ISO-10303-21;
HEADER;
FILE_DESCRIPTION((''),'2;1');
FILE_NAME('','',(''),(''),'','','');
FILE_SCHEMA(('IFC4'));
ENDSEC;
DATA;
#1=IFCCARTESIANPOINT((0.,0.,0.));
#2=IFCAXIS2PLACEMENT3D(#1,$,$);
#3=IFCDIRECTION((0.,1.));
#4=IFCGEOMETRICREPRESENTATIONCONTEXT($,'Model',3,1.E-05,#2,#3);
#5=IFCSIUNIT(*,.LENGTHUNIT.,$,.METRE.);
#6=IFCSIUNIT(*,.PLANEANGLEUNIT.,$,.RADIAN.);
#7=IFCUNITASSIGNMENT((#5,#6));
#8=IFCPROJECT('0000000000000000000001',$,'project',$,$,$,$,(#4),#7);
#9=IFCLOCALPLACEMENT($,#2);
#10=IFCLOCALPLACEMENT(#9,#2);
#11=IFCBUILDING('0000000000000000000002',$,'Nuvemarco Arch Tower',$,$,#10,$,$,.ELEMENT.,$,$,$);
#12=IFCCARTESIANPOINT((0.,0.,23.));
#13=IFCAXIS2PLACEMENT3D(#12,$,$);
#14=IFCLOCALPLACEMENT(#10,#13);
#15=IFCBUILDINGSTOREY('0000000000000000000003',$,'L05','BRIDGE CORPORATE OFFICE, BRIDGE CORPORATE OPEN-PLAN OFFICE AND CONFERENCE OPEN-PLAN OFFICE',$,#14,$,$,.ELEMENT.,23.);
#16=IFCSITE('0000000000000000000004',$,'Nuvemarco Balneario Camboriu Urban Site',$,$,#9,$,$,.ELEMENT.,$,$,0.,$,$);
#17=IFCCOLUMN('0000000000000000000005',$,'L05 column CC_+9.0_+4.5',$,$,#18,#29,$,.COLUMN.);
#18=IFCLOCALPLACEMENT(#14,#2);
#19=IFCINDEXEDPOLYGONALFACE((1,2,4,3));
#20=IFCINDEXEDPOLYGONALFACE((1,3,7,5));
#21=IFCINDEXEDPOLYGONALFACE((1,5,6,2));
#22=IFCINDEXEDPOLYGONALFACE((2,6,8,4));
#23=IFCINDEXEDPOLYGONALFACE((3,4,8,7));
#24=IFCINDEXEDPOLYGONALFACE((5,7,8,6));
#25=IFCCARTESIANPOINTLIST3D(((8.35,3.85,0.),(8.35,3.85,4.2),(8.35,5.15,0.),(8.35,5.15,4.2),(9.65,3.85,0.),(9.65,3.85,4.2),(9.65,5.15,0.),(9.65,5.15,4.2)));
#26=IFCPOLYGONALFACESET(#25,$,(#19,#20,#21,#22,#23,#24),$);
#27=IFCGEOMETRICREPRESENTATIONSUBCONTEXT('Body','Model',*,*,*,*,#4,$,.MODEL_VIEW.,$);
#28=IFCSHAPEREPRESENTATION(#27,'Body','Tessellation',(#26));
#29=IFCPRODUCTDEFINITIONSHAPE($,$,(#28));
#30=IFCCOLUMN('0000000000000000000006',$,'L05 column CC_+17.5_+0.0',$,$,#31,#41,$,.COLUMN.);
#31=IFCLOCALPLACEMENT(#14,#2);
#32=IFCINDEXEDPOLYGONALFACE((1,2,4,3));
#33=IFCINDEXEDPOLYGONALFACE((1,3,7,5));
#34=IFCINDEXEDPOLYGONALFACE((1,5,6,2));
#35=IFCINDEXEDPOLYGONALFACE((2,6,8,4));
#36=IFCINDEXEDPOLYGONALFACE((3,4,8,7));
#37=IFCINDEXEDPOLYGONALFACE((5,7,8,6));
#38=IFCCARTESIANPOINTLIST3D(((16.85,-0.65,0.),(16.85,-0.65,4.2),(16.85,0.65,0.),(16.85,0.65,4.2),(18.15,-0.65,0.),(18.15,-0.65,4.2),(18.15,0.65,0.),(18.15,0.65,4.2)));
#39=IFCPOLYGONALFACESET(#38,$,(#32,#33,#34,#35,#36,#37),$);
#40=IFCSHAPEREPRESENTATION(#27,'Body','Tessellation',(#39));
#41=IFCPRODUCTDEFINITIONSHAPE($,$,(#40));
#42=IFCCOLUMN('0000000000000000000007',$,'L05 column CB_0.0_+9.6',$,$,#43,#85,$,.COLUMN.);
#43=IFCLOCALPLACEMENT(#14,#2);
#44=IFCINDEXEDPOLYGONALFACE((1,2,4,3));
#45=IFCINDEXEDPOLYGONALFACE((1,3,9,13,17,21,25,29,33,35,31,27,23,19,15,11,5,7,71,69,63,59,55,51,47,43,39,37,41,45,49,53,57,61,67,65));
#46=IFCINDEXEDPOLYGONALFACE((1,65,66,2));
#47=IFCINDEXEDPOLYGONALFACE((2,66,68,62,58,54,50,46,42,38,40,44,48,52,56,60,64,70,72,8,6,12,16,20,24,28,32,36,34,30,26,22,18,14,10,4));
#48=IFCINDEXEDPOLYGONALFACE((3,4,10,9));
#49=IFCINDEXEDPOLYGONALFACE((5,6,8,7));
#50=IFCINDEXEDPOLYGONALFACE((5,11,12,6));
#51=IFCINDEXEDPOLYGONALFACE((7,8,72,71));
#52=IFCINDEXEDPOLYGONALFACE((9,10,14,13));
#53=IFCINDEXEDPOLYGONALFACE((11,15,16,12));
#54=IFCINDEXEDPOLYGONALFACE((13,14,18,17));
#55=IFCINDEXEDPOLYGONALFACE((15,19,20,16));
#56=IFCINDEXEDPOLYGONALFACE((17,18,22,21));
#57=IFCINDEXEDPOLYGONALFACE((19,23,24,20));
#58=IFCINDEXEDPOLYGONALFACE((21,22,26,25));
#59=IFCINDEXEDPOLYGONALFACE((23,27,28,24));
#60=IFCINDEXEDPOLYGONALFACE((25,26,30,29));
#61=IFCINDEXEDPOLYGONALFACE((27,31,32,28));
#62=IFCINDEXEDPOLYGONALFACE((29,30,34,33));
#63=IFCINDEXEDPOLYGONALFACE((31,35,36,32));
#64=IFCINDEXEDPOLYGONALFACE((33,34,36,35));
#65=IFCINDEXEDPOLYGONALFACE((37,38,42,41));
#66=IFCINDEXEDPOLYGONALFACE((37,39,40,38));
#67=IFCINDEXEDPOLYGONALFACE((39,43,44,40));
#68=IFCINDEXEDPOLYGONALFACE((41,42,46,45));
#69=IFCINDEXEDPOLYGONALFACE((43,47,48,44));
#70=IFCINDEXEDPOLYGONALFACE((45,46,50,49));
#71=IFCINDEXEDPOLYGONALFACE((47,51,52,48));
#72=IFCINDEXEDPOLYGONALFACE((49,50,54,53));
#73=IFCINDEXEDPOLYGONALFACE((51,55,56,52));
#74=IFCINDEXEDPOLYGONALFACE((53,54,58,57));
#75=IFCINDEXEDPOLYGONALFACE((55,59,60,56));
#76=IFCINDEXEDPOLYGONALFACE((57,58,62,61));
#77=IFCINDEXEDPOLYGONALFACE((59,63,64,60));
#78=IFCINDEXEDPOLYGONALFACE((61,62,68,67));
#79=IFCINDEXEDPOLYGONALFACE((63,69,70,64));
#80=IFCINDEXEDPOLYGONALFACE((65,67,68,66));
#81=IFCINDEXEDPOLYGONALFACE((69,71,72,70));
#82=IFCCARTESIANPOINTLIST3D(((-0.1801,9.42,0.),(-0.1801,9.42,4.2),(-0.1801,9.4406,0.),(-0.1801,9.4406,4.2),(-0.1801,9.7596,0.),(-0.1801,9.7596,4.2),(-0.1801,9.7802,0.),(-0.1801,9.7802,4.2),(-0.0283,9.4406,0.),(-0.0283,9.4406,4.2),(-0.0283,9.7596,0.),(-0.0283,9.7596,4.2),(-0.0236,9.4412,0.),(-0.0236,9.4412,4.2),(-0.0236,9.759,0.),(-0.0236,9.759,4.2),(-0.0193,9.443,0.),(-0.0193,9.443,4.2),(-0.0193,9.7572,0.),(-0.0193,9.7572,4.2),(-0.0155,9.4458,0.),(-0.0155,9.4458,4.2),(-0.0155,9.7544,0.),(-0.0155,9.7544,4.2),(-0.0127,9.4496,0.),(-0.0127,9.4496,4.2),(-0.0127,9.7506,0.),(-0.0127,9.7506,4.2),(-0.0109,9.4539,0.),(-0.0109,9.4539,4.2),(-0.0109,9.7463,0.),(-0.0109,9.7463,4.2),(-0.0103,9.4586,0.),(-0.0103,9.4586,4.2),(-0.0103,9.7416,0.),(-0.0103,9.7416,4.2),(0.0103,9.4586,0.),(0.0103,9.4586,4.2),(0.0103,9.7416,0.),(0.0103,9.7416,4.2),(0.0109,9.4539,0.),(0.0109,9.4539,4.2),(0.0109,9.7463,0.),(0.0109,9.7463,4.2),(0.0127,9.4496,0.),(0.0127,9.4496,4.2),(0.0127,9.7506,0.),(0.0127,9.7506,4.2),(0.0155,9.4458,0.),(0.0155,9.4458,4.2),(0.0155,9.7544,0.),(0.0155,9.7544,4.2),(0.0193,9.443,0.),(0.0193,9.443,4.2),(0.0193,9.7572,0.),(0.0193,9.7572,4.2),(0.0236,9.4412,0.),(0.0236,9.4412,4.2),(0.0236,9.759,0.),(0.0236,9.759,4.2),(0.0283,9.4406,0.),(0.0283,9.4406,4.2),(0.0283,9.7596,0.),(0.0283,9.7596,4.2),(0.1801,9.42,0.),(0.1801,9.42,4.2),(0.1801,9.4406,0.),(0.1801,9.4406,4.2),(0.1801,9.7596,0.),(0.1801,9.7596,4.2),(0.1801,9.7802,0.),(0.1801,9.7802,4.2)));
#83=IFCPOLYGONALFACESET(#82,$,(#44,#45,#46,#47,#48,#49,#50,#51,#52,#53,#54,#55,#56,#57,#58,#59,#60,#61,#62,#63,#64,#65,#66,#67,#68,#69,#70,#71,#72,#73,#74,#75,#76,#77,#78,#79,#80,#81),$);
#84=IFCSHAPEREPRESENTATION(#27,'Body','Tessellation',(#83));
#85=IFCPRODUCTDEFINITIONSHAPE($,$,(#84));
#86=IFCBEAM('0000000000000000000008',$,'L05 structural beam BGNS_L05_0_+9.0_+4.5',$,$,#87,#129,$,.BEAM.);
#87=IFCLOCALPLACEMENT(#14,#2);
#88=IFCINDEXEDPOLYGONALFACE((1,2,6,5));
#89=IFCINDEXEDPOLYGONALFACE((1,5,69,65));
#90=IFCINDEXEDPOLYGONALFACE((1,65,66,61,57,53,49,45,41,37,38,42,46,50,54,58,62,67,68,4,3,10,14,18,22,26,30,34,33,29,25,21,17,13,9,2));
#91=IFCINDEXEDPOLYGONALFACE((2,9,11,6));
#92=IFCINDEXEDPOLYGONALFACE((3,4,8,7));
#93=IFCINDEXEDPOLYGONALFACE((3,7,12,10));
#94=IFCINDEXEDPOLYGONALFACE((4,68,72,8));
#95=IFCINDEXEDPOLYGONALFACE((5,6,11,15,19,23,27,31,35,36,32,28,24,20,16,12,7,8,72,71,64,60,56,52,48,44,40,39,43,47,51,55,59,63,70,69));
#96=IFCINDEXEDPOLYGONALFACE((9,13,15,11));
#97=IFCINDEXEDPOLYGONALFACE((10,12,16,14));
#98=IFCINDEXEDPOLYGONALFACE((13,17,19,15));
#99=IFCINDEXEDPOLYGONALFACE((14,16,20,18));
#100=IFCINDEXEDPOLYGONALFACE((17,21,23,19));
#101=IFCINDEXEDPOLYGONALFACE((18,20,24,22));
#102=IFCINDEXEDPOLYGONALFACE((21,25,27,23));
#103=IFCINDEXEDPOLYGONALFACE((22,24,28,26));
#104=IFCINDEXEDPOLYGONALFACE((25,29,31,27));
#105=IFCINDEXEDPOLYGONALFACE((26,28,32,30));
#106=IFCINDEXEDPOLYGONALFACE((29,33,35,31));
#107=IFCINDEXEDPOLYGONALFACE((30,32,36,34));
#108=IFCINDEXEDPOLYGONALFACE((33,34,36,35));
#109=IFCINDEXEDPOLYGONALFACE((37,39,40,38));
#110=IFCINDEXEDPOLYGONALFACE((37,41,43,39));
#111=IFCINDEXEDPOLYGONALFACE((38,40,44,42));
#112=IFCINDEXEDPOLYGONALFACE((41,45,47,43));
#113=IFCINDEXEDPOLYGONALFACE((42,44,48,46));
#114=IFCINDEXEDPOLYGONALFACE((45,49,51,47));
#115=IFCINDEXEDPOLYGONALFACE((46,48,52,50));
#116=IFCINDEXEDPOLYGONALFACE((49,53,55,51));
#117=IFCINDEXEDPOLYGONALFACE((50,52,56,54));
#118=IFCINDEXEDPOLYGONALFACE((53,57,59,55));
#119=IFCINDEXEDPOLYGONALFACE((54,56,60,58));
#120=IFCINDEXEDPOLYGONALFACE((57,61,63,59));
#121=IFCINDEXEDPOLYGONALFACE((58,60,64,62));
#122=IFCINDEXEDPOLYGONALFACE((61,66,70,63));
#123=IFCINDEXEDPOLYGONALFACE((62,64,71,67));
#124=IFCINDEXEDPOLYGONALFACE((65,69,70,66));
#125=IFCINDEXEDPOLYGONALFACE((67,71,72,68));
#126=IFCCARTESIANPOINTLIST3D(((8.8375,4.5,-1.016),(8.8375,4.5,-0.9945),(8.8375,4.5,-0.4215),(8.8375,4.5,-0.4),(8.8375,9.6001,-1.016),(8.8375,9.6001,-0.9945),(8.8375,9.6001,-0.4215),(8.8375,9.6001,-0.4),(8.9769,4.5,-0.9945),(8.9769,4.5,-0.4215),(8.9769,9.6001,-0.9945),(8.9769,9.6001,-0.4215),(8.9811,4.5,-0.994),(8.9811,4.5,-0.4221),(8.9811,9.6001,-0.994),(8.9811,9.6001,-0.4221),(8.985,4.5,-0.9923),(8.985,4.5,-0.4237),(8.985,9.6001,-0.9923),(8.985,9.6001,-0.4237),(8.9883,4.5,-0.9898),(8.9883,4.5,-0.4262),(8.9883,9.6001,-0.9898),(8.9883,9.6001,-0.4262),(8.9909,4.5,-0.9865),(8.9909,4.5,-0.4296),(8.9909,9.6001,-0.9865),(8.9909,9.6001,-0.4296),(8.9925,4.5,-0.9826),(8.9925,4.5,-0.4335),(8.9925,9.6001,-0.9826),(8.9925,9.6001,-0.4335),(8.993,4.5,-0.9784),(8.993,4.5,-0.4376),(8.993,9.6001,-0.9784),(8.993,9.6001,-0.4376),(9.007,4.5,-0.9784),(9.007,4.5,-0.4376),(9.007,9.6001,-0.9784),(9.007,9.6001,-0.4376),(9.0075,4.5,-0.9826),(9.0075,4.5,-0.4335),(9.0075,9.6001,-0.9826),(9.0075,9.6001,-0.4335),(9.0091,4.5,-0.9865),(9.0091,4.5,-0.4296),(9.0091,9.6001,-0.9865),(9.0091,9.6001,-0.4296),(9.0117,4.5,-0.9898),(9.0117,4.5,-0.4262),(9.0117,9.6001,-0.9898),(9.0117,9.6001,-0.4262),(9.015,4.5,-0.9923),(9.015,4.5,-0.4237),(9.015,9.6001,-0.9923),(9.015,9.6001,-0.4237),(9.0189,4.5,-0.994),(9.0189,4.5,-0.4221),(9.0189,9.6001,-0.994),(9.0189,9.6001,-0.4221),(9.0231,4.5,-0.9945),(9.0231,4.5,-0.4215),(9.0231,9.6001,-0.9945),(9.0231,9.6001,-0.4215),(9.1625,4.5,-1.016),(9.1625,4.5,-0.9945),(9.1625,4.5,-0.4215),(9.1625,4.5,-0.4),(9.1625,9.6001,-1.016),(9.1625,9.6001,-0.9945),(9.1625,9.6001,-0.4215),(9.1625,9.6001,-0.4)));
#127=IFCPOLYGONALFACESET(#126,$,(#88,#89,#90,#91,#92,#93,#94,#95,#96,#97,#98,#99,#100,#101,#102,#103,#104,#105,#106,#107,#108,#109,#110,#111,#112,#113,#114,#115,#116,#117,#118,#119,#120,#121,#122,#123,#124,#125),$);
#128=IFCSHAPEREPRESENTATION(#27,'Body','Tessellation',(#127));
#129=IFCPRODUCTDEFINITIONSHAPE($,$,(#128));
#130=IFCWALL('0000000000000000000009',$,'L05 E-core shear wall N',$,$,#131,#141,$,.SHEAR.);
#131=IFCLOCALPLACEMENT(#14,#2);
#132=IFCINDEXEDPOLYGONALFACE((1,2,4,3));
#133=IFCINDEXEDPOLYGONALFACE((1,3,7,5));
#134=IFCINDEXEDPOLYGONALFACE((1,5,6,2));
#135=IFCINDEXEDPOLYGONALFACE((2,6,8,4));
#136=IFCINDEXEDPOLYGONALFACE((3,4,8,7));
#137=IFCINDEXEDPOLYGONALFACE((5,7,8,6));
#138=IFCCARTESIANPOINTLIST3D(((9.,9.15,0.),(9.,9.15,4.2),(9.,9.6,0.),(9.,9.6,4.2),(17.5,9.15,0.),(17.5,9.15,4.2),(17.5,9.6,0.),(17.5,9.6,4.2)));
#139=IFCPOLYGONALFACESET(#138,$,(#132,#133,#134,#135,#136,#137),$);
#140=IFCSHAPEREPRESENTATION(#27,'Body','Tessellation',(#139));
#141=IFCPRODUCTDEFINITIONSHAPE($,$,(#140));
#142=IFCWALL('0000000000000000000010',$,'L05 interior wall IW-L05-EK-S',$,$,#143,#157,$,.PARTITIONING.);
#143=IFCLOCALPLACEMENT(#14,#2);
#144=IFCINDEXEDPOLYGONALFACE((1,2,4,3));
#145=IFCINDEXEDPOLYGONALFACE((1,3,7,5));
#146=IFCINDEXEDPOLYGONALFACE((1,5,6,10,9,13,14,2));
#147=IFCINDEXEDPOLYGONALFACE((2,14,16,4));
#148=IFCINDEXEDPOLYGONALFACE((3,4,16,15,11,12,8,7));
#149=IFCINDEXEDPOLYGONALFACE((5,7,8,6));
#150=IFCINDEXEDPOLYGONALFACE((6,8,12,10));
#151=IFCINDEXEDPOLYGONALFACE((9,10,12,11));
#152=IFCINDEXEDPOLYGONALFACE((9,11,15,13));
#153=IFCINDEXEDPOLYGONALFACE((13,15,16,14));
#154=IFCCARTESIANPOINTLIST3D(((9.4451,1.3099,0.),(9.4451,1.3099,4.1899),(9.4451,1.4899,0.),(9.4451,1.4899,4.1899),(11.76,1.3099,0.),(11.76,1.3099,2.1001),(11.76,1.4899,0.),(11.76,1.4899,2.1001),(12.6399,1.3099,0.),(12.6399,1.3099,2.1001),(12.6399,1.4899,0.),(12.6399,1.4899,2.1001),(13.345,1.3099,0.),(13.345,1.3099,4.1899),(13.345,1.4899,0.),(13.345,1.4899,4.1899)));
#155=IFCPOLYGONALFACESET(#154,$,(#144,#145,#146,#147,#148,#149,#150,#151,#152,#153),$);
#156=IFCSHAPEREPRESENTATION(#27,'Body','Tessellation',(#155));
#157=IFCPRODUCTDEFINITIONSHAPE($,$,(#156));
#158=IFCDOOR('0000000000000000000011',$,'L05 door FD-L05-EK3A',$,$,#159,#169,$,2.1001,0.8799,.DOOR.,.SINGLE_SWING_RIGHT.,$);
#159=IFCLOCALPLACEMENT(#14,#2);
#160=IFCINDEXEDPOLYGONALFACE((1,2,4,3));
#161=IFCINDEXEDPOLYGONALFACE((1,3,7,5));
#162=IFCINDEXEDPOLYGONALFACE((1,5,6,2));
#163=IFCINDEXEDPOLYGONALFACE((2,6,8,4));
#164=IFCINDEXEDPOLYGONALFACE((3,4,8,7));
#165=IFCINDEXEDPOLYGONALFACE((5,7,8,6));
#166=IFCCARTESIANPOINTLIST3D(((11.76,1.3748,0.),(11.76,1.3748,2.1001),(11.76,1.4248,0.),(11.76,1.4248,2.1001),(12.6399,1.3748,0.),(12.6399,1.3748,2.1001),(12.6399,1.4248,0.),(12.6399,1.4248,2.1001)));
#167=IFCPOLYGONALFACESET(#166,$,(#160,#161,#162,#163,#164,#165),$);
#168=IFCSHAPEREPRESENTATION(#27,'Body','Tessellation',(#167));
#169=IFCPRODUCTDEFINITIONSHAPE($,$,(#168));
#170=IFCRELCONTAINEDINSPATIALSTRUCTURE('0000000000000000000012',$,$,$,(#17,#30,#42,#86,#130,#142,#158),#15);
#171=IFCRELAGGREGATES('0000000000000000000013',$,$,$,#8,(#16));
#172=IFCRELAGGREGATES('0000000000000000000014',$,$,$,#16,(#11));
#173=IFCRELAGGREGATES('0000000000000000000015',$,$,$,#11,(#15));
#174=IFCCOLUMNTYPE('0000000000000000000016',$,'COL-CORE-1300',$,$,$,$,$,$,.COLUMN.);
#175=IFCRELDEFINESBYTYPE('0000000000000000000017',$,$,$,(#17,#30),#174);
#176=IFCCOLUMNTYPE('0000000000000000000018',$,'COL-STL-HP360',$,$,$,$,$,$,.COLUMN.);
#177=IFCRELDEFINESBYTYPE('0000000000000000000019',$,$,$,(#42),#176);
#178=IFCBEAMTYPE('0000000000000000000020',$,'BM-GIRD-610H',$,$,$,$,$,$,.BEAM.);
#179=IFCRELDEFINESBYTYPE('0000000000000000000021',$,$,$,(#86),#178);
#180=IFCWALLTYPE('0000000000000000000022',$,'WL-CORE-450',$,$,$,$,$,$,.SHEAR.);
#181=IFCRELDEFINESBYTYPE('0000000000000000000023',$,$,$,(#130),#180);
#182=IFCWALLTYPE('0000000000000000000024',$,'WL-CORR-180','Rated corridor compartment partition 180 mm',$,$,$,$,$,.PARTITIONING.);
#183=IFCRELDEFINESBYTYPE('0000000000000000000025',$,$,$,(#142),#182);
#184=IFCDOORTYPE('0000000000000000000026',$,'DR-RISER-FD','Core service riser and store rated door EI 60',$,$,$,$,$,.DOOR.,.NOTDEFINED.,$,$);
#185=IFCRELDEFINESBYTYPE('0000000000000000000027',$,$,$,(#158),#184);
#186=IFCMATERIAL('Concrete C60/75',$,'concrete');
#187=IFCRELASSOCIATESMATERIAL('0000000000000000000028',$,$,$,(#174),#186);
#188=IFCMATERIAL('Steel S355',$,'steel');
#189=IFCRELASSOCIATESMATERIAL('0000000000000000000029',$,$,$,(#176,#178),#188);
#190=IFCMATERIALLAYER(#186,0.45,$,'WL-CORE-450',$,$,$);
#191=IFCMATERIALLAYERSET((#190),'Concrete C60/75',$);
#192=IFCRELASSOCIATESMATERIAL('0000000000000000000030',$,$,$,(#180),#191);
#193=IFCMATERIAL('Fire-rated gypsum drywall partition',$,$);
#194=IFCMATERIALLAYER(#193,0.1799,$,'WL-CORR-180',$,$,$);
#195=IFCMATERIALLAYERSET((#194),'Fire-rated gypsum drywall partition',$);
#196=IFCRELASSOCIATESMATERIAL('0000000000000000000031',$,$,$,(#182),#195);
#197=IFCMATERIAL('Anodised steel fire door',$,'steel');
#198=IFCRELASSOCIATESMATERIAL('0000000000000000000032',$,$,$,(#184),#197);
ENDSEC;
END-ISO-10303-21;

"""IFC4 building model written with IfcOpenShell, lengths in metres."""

from ifc_helpers import new_model, si_unit, direction, frame, frame_2d, origin, origin_2d, place, context, subcontext, project, spatial, rectangle, i_section, extrude, source, transform, mapped, material, layer, layer_set, material_profile, profile_set, type_object, type_shapes, element, fill, save


model = new_model("IFC4")

# Units and contexts
model_context = context("Model", 3, precision=1e-05, world=origin(), true_north=direction((0.0, 1.0)))
body_context = subcontext(model_context, "Body", "Model", "MODEL_VIEW")
ifc_project = project(units=[si_unit("LENGTHUNIT", "METRE"), si_unit("PLANEANGLEUNIT", "RADIAN")], contexts=[model_context])

# Site, building, storey
site_placement = place(None, origin())
site = spatial("IfcSite", under=ifc_project, at=site_placement, Name="Nuvemarco Balneario Camboriu Urban Site", CompositionType="ELEMENT", RefElevation=0.0)
building_placement = place(site_placement, origin())
building = spatial("IfcBuilding", under=site, at=building_placement, Name="Nuvemarco Arch Tower", CompositionType="ELEMENT")
storey_placement = place(building_placement, frame((0.0, 0.0, 23.0)))
storey = spatial("IfcBuildingStorey", under=building, at=storey_placement, Name="L05", Description="BRIDGE CORPORATE OFFICE, BRIDGE CORPORATE OPEN-PLAN OFFICE AND CONFERENCE OPEN-PLAN OFFICE", CompositionType="ELEMENT", Elevation=23.0)

# Columns
ifc_material_1 = material(Name="Concrete C60/75", Category="concrete")
ifc_material_profile_1 = material_profile(ifc_material_1, rectangle(XDim=1.3, YDim=1.3, at=origin_2d()), Name="RC-COL-1300x1300")
ifc_profile_set_1 = profile_set([ifc_material_profile_1], Name="Concrete C60/75")
column_type_1 = type_object("IfcColumnType", Name="COL-CORE-1300", PredefinedType="COLUMN", material=ifc_profile_set_1)
for number, where, z_axis, x_axis, name in (
    (1, (9.0, 4.5, 0.0), (0.0, 0.0, 1.0), (1.0, 0.0, 0.0), "L05 column CC_+9.0_+4.5"),
    (2, (17.5, 0.0, 0.0), (0.0, 0.0, 1.0), (1.0, 0.0, 0.0), "L05 column CC_+17.5_+0.0"),
):
    element("IfcColumn", number, at=place(storey_placement, frame(where, z_axis=z_axis, x_axis=x_axis)), inside=storey, type_object=column_type_1, Name=name, PredefinedType="COLUMN", context=body_context, shape_type="SweptSolid", body=[
        extrude(rectangle(XDim=1.3, YDim=1.3, at=origin_2d()), origin(), (0.0, 0.0, 1.0), 4.2),
    ])
ifc_material_2 = material(Name="Steel S355", Category="steel")
ifc_material_profile_2 = material_profile(ifc_material_2, i_section(OverallWidth=0.3601, OverallDepth=0.3601, WebThickness=0.0205, FlangeThickness=0.0205, FilletRadius=0.0181, at=origin_2d()), Name="HP360x174")
ifc_profile_set_2 = profile_set([ifc_material_profile_2], Name="Steel S355")
column_type_2 = type_object("IfcColumnType", Name="COL-STL-HP360", PredefinedType="COLUMN", material=ifc_profile_set_2)
column_placement = place(storey_placement, frame((0.0, 9.6001, 0.0), z_axis=(0.0, 0.0, 1.0), x_axis=(1.0, 0.0, 0.0)))
element("IfcColumn", 3, at=column_placement, inside=storey, type_object=column_type_2, Name="L05 column CB_0.0_+9.6", PredefinedType="COLUMN", context=body_context, shape_type="SweptSolid", body=[
    extrude(i_section(OverallWidth=0.3601, OverallDepth=0.3601, WebThickness=0.0205, FlangeThickness=0.0205, FilletRadius=0.0181, at=origin_2d()), origin(), (0.0, 0.0, 1.0), 4.2),
])

# Beam
ifc_material_profile_3 = material_profile(ifc_material_2, i_section(OverallWidth=0.325, OverallDepth=0.616, WebThickness=0.0139, FlangeThickness=0.0215, FilletRadius=0.0161, at=origin_2d()), Name="W610x174")
ifc_profile_set_3 = profile_set([ifc_material_profile_3], Name="Steel S355")
beam_type = type_object("IfcBeamType", Name="BM-GIRD-610H", PredefinedType="BEAM", material=ifc_profile_set_3)
beam_placement = place(storey_placement, frame((9.0, 4.5, -0.708), z_axis=(0.0, 1.0, 0.0), x_axis=(-1.0, 0.0, 0.0)))
element("IfcBeam", 4, at=beam_placement, inside=storey, type_object=beam_type, Name="L05 structural beam BGNS_L05_0_+9.0_+4.5", PredefinedType="BEAM", context=body_context, shape_type="SweptSolid", body=[
    extrude(i_section(OverallWidth=0.325, OverallDepth=0.616, WebThickness=0.0139, FlangeThickness=0.0215, FilletRadius=0.0161, at=origin_2d()), origin(), (0.0, 0.0, 1.0), 5.1001),
])

# Wall
ifc_layer_1 = layer(ifc_material_1, 0.45, Name="WL-CORE-450")
ifc_layer_set_1 = layer_set([ifc_layer_1], Name="Concrete C60/75")
wall_type_1 = type_object("IfcWallType", Name="WL-CORE-450", PredefinedType="SHEAR", material=ifc_layer_set_1)
wall_1_placement = place(storey_placement, frame((9.0, 9.375, 0.0), z_axis=(0.0, 0.0, 1.0), x_axis=(1.0, 0.0, 0.0)))
element("IfcWall", 5, at=wall_1_placement, inside=storey, type_object=wall_type_1, Name="L05 E-core shear wall N", PredefinedType="SHEAR", context=body_context, shape_type="SweptSolid", body=[
    extrude(rectangle(XDim=8.5, YDim=0.45, at=frame_2d((4.25, 0.0))), origin(), (0.0, 0.0, 1.0), 4.2),
])

# Wall, opening, door
ifc_material_3 = material(Name="Fire-rated gypsum drywall partition")
ifc_layer_2 = layer(ifc_material_3, 0.1799, Name="WL-CORR-180")
ifc_layer_set_2 = layer_set([ifc_layer_2], Name="Fire-rated gypsum drywall partition")
wall_type_2 = type_object("IfcWallType", Name="WL-CORR-180", Description="Rated corridor compartment partition 180 mm", PredefinedType="PARTITIONING", material=ifc_layer_set_2)
wall_2_placement = place(storey_placement, frame((9.4451, 1.3999, 0.0), z_axis=(0.0, 0.0, 1.0), x_axis=(1.0, 0.0, 0.0)))
wall_2 = element("IfcWall", 6, at=wall_2_placement, inside=storey, type_object=wall_type_2, Name="L05 interior wall IW-L05-EK-S", PredefinedType="PARTITIONING", context=body_context, shape_type="SweptSolid", body=[
    extrude(rectangle(XDim=3.8999, YDim=0.1799, at=frame_2d((1.95, 0.0))), origin(), (0.0, 0.0, 1.0), 4.1899),
])
opening_1_placement = place(wall_2_placement, frame((2.3149, 0.0, 0.0)))
opening_1 = element("IfcOpeningElement", 7, at=opening_1_placement, cuts=wall_2, PredefinedType="OPENING", context=body_context, shape_type="SweptSolid", body=[
    extrude(rectangle(XDim=0.8799, YDim=2.1001, at=frame_2d((0.4399, 1.05))), frame((0.0, 0.0999, 0.0), z_axis=(0.0, -1.0, 0.0), x_axis=(1.0, 0.0, 0.0)), (0.0, 0.0, 1.0), 0.2),
])
ifc_material_4 = material(Name="Anodised steel fire door", Category="steel")
door_type_1 = type_object("IfcDoorType", Name="DR-RISER-FD", Description="Core service riser and store rated door EI 60", OperationType="NOTDEFINED", PredefinedType="DOOR", material=ifc_material_4)
shared_shape_1 = source(origin(), body_context, "Body", "SweptSolid", [
    extrude(rectangle(XDim=0.8799, YDim=2.1001, at=frame_2d((0.4399, 1.05))), frame((0.0, 0.0249, 0.0), z_axis=(0.0, -1.0, 0.0), x_axis=(1.0, 0.0, 0.0)), (0.0, 0.0, 1.0), 0.05),
])
type_shapes(door_type_1, [shared_shape_1])
door_1_placement = place(opening_1_placement, origin())
door_1 = element("IfcDoor", 8, at=door_1_placement, inside=storey, type_object=door_type_1, Name="L05 door FD-L05-EK3A", OperationType="SINGLE_SWING_RIGHT", OverallHeight=2.1001, OverallWidth=0.8799, PredefinedType="DOOR", context=body_context, shape_type="MappedRepresentation", body=[
    mapped(shared_shape_1, transform((0.0, 0.0, 0.0), scale=1.0)),
])
fill(opening_1, door_1)

save(model, "model.ifc")
